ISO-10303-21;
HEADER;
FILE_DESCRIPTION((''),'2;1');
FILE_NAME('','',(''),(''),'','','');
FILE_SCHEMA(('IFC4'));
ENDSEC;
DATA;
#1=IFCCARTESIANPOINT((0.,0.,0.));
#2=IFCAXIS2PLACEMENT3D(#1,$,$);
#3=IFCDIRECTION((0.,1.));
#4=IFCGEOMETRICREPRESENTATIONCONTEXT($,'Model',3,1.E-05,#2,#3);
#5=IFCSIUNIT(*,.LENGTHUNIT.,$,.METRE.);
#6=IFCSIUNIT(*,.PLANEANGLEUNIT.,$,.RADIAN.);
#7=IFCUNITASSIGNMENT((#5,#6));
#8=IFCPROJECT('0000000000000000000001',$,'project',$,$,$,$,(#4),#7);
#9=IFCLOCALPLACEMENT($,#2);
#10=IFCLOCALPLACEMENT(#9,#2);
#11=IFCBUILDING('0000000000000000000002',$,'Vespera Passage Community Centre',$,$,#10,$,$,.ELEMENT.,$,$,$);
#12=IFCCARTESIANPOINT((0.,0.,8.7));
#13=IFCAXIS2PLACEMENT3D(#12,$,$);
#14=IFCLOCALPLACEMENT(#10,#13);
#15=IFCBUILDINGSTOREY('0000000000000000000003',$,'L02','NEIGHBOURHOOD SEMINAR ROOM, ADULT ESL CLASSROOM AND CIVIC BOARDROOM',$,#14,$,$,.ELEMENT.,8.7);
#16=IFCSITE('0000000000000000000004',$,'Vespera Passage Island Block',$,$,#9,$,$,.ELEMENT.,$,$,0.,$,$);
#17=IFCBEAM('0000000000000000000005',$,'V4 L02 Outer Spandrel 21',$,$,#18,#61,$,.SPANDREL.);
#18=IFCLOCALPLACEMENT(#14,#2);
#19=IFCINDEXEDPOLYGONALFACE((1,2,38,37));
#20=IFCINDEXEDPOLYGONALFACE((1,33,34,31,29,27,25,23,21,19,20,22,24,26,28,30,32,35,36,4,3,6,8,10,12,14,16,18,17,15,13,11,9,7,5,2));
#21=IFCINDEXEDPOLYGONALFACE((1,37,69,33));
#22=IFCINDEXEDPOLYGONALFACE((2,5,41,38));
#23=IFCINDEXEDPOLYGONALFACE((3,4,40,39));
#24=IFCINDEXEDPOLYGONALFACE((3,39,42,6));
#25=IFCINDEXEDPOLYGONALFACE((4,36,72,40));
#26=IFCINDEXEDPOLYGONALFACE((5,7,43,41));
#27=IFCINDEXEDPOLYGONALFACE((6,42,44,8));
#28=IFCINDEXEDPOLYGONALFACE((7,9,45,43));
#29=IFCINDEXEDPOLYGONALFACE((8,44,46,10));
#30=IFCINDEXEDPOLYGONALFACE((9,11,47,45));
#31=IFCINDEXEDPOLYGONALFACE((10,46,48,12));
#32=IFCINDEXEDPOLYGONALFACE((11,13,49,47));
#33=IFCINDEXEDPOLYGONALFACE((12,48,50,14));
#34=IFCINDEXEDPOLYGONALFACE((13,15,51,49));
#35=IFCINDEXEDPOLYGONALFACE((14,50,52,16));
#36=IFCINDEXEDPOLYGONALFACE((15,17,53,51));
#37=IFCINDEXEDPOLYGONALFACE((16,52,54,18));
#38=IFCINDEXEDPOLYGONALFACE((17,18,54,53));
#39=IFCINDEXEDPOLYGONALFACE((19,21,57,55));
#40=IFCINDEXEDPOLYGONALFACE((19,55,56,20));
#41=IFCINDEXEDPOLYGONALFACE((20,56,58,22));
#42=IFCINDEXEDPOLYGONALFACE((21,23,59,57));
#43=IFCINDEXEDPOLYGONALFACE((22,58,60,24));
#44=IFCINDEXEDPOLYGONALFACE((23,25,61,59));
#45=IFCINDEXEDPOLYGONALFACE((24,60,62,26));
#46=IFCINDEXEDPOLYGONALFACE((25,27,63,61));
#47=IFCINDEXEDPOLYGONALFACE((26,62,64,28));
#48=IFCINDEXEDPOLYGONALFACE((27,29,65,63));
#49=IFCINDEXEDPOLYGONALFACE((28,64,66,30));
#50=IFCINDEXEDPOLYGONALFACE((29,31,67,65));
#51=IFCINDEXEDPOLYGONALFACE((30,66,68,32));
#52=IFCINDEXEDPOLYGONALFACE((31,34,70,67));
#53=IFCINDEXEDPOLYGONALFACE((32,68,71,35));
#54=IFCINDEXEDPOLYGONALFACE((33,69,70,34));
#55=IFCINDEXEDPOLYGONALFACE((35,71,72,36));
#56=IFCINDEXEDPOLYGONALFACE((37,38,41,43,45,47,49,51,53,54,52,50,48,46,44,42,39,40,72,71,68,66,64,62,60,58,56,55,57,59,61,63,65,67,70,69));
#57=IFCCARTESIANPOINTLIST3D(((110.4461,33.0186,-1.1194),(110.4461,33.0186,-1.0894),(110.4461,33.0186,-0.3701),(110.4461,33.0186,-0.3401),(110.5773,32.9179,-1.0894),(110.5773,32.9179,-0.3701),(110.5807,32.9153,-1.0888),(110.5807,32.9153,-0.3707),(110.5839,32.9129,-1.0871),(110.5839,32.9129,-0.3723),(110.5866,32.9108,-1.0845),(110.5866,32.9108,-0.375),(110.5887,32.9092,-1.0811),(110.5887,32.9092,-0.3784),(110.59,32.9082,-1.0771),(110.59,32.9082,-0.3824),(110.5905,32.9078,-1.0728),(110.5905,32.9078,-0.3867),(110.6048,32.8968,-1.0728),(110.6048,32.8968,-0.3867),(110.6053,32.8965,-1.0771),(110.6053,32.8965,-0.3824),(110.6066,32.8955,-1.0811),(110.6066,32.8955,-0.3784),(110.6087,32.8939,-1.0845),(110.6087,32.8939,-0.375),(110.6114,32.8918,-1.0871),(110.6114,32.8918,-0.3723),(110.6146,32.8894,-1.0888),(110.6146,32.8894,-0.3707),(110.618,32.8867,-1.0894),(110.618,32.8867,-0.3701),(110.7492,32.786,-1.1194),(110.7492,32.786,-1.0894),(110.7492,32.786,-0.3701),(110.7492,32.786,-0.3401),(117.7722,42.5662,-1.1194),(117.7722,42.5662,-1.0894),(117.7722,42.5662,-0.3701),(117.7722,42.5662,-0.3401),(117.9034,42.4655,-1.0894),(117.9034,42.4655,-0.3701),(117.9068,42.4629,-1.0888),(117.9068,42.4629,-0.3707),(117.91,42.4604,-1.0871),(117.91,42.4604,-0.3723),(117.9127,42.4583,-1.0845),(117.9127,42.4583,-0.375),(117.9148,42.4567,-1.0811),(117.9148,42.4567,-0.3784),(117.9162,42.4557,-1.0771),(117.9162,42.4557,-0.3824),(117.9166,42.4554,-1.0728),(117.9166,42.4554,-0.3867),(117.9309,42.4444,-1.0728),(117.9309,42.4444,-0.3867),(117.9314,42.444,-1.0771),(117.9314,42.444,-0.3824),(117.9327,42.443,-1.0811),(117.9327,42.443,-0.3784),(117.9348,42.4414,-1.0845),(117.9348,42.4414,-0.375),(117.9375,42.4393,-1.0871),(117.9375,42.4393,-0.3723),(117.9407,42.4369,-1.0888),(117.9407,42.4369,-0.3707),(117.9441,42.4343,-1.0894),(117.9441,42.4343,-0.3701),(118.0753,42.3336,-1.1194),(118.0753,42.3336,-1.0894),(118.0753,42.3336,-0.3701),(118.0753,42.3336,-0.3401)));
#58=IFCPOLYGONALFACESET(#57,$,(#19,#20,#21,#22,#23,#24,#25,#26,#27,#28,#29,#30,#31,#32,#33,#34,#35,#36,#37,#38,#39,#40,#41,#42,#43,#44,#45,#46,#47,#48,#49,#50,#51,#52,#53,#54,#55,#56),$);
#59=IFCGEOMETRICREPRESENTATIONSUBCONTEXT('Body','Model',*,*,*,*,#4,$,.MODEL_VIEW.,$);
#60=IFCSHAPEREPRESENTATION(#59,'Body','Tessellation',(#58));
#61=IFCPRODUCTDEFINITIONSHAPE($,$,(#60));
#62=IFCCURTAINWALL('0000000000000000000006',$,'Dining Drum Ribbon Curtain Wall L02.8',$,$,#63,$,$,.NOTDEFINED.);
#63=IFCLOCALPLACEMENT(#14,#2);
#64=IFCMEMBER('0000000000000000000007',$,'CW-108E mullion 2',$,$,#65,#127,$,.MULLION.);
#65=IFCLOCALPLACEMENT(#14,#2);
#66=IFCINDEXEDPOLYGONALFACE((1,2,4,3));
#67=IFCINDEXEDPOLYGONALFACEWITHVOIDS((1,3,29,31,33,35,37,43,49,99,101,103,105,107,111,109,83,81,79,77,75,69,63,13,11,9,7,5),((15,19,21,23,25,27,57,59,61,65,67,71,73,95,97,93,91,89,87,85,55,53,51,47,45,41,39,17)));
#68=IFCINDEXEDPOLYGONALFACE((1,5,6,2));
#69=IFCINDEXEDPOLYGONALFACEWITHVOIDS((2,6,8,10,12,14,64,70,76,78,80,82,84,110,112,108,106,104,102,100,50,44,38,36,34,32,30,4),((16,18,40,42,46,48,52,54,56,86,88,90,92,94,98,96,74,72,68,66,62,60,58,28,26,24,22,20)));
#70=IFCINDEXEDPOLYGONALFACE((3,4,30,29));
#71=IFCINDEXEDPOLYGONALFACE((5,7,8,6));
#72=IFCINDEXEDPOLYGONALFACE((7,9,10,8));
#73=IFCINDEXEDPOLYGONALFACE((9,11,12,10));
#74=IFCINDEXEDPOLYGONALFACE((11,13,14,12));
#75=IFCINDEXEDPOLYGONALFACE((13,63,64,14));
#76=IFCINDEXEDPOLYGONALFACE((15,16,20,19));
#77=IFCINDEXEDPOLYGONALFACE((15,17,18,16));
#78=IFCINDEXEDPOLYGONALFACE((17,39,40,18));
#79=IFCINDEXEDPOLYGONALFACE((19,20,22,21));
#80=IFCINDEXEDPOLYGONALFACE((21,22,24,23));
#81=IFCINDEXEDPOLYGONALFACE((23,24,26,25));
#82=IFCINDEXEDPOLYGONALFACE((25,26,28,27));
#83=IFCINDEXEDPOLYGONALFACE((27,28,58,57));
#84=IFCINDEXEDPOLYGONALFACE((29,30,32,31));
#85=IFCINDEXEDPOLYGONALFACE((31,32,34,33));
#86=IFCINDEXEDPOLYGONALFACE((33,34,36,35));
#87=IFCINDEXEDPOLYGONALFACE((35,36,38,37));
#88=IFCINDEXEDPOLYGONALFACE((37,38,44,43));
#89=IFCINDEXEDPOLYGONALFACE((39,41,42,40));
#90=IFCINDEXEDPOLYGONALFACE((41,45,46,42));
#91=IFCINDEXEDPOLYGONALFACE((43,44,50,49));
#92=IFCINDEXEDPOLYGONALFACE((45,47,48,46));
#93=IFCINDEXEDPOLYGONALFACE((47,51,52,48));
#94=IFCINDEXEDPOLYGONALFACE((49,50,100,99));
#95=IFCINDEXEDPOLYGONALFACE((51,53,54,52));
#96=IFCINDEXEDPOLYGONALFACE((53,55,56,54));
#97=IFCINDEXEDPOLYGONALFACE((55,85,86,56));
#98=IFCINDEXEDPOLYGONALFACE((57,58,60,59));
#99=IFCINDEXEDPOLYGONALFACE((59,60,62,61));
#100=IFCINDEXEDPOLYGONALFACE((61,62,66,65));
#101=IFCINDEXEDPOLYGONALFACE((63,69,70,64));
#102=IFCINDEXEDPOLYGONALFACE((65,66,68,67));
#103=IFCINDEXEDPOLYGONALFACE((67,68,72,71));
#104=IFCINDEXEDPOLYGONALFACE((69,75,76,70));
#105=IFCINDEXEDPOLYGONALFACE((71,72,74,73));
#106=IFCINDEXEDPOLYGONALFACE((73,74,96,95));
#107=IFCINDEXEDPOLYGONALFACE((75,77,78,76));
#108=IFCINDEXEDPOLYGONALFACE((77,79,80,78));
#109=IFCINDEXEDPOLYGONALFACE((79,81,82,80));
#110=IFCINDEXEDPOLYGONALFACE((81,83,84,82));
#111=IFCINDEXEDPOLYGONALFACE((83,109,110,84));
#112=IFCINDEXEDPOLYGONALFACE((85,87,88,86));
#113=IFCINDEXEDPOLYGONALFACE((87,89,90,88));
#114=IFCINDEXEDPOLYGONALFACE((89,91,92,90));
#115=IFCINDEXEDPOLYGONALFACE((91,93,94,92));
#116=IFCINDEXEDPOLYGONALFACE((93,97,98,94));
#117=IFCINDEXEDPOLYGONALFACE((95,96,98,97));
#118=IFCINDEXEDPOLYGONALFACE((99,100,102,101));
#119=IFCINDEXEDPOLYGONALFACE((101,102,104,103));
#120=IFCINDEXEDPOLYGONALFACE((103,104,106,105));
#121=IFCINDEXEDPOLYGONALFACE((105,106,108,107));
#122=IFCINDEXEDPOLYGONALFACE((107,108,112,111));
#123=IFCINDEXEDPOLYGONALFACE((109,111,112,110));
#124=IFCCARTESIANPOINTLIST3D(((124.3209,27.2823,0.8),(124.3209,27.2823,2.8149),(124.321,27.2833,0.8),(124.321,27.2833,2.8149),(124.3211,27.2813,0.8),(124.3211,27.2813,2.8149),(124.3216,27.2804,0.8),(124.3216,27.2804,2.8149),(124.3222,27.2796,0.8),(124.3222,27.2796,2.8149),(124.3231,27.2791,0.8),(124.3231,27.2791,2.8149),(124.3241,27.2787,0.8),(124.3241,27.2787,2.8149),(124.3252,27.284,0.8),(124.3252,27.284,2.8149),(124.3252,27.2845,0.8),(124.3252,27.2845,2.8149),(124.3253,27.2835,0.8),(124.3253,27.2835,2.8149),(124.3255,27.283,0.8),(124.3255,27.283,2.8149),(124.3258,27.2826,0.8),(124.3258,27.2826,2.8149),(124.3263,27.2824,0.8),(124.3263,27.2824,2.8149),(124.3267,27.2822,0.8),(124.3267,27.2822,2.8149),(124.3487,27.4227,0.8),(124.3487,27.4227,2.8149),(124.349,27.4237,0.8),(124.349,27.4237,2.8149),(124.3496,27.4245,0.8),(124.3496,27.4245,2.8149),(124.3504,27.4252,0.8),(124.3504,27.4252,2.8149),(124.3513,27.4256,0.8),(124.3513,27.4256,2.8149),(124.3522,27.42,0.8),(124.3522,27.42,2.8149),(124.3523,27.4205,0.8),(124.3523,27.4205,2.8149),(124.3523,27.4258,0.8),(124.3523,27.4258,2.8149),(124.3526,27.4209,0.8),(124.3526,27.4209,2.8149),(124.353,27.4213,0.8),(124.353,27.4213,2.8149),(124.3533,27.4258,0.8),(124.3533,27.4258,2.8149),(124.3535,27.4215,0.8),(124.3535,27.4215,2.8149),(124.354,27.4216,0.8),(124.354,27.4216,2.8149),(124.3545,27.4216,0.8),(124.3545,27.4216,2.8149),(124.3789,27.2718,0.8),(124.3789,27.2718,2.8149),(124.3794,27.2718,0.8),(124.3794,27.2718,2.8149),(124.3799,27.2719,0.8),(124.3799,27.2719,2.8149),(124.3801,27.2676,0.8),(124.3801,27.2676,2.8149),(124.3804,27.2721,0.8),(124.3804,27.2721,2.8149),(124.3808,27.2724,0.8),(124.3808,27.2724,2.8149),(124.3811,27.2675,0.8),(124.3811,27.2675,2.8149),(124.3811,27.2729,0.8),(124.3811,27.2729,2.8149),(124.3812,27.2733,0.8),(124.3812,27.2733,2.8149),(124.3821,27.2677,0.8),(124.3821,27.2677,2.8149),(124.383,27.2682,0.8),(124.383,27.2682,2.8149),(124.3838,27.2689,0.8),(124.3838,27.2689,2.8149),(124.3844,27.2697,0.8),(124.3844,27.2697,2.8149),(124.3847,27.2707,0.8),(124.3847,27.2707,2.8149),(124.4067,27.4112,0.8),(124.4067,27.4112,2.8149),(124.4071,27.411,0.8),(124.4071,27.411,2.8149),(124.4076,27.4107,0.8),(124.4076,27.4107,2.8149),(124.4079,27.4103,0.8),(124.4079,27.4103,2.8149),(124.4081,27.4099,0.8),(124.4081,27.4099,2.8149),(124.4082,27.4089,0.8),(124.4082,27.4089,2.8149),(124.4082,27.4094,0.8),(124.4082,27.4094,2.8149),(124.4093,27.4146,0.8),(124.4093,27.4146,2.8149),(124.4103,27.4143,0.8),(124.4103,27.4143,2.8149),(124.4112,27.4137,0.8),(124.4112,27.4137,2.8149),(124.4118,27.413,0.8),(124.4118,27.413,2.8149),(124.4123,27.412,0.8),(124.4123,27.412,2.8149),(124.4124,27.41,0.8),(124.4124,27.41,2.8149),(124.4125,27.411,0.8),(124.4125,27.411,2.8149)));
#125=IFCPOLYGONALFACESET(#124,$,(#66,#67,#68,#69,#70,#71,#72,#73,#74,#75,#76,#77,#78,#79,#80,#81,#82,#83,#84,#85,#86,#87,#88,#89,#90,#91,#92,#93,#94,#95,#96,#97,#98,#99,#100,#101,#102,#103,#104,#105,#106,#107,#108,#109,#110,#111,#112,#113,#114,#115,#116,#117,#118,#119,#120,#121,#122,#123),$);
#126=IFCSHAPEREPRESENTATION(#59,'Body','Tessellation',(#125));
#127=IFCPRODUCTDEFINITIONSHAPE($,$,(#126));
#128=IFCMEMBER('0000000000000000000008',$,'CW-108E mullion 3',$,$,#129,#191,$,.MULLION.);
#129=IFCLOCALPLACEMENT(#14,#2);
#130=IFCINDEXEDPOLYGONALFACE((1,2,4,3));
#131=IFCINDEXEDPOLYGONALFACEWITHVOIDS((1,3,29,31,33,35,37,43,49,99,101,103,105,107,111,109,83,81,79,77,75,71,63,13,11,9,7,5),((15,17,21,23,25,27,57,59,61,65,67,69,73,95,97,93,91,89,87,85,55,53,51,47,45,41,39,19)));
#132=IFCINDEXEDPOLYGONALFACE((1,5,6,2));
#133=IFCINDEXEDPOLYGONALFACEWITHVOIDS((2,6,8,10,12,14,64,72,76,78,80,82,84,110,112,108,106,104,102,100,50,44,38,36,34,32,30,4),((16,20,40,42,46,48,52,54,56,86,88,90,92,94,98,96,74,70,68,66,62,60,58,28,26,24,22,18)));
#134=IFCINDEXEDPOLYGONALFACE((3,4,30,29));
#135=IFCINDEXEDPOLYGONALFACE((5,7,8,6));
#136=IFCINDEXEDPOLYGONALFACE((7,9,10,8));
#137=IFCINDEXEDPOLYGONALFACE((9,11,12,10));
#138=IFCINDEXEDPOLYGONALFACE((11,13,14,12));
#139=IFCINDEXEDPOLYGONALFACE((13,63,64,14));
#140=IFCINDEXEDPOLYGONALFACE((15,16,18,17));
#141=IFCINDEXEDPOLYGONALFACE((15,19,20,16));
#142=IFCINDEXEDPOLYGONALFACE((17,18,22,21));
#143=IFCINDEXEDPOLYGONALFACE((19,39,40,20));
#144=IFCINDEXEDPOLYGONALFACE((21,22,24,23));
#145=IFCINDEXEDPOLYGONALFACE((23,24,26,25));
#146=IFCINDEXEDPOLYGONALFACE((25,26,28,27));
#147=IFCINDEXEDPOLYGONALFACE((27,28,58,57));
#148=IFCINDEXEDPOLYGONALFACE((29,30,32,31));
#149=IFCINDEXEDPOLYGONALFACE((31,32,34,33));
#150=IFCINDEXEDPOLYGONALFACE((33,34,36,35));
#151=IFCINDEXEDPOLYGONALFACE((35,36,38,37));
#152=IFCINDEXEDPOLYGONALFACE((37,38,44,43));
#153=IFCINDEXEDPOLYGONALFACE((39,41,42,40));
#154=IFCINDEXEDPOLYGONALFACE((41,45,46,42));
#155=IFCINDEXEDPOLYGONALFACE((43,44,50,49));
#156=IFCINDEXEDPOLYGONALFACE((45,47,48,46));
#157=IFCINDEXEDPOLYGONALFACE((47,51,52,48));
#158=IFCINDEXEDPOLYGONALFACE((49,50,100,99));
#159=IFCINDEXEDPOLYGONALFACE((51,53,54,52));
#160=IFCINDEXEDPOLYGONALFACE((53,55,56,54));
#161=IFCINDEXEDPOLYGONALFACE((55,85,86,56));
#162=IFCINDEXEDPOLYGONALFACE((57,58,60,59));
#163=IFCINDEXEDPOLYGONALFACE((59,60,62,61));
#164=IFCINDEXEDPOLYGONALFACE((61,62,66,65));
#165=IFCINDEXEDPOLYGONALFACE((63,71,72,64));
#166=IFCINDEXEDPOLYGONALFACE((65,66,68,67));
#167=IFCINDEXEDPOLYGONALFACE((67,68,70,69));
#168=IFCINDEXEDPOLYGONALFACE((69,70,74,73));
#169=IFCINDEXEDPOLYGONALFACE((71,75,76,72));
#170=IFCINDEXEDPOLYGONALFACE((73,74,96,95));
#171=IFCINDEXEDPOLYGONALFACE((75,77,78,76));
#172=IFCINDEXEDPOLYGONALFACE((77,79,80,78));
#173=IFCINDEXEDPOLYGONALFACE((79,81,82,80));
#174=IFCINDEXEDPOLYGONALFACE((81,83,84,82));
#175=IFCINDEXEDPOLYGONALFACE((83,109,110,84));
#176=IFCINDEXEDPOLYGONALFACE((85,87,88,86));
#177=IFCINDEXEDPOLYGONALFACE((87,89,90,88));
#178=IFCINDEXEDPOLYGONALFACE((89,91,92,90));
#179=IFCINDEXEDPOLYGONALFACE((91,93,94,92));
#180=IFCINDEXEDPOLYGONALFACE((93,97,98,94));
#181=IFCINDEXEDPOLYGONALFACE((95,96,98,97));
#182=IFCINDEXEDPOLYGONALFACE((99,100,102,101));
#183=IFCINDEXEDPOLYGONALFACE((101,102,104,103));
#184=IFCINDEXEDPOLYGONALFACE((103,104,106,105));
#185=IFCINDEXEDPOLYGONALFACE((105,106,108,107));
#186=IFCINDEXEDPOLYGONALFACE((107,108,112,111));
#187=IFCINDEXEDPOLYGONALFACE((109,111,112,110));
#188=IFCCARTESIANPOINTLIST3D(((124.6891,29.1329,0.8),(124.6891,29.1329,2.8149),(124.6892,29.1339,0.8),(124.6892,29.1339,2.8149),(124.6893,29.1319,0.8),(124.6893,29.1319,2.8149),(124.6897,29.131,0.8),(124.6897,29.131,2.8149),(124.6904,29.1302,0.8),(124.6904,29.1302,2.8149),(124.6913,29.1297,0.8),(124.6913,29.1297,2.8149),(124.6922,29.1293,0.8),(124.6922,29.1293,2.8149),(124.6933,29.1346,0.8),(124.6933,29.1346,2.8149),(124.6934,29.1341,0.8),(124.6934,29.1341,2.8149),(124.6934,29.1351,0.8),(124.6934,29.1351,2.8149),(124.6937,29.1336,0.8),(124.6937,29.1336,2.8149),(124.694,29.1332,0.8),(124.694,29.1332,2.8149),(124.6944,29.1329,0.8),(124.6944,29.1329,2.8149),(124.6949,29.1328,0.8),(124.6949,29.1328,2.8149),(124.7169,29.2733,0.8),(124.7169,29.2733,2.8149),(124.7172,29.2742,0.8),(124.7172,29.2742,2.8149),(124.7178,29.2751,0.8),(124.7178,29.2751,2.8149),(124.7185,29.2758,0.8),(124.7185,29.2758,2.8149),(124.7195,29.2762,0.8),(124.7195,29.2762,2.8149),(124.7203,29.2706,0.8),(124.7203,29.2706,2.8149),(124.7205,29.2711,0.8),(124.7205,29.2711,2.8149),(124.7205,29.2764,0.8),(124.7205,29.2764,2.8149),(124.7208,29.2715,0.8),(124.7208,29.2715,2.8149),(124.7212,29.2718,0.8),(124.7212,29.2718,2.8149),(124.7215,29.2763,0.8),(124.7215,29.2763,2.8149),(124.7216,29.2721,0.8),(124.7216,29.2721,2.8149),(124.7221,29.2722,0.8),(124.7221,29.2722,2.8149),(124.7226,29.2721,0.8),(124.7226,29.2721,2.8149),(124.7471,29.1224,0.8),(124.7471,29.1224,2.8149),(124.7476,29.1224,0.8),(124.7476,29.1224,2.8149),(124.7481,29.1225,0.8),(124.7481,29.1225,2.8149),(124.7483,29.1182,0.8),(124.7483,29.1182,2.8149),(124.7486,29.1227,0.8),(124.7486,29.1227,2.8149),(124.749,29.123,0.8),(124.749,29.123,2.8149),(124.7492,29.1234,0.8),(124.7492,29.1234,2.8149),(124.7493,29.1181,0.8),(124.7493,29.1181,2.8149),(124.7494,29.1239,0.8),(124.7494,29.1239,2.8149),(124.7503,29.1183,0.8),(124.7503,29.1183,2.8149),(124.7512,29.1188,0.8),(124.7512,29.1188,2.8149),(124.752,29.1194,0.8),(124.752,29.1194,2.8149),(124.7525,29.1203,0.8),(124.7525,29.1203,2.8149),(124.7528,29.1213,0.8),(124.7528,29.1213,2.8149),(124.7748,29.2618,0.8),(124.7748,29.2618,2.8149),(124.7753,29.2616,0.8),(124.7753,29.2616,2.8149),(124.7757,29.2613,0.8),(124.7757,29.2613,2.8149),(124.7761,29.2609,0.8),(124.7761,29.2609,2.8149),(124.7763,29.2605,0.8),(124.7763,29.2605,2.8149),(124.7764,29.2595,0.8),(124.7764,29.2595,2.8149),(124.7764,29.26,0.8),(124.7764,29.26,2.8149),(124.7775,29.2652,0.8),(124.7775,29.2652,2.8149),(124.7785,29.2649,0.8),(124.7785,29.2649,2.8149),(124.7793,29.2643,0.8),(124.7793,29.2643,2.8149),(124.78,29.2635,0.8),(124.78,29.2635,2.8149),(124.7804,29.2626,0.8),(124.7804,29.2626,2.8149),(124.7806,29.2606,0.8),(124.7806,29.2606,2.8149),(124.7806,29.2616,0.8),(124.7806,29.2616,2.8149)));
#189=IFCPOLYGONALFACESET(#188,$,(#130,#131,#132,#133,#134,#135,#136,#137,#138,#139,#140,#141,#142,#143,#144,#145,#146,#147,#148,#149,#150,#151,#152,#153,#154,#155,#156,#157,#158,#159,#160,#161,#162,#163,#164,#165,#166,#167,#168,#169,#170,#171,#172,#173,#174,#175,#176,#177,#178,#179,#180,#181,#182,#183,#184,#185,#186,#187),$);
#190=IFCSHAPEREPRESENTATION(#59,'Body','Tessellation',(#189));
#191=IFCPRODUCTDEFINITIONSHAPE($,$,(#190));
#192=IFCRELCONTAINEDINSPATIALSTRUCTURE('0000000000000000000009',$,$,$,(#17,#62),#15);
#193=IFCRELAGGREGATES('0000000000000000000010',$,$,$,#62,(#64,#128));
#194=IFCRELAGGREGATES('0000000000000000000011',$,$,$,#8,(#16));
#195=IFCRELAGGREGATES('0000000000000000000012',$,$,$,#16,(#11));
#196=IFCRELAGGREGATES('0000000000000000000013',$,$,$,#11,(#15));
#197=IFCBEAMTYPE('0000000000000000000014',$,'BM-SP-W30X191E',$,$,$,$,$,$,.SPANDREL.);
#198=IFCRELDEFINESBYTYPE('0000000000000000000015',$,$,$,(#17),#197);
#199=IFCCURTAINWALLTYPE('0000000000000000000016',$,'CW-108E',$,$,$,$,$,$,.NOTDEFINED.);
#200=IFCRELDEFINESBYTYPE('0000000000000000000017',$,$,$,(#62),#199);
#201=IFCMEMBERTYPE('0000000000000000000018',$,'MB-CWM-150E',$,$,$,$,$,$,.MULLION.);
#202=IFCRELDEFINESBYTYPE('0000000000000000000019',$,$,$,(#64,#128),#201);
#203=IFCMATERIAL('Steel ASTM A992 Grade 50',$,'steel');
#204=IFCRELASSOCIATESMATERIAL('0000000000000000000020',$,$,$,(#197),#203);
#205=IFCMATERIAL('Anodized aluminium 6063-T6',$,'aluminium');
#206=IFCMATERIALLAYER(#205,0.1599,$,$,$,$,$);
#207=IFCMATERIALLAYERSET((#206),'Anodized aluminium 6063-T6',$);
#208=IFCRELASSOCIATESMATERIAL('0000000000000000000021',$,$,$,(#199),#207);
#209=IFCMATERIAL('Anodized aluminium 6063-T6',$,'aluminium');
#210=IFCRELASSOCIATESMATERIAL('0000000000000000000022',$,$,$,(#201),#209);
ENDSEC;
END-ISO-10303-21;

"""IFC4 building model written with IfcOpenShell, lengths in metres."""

from ifc_helpers import new_model, si_unit, direction, frame, origin, origin_2d, place, context, subcontext, project, spatial, hollow_rectangle, i_section, extrude, material, layer, layer_set, material_profile, profile_set, type_object, element, aggregate, save


model = new_model("IFC4")

# Units and contexts
model_context = context("Model", 3, precision=1e-05, world=origin(), true_north=direction((0.0, 1.0)))
body_context = subcontext(model_context, "Body", "Model", "MODEL_VIEW")
ifc_project = project(units=[si_unit("LENGTHUNIT", "METRE"), si_unit("PLANEANGLEUNIT", "RADIAN")], contexts=[model_context])

# Site, building, storey
site_placement = place(None, origin())
site = spatial("IfcSite", under=ifc_project, at=site_placement, Name="Vespera Passage Island Block", CompositionType="ELEMENT", RefElevation=0.0)
building_placement = place(site_placement, origin())
building = spatial("IfcBuilding", under=site, at=building_placement, Name="Vespera Passage Community Centre", CompositionType="ELEMENT")
storey_placement = place(building_placement, frame((0.0, 0.0, 8.7)))
storey = spatial("IfcBuildingStorey", under=building, at=storey_placement, Name="L02", Description="NEIGHBOURHOOD SEMINAR ROOM, ADULT ESL CLASSROOM AND CIVIC BOARDROOM", CompositionType="ELEMENT", Elevation=8.7)

# Beam
ifc_material_1 = material(Name="Steel ASTM A992 Grade 50", Category="steel")
ifc_material_profile_1 = material_profile(ifc_material_1, i_section(OverallWidth=0.3821, OverallDepth=0.7793, WebThickness=0.0181, FlangeThickness=0.03, FilletRadius=0.0166, at=origin_2d()), Name="W30X191")
ifc_profile_set_1 = profile_set([ifc_material_profile_1], Name="Steel ASTM A992 Grade 50")
beam_type_1 = type_object("IfcBeamType", Name="BM-SP-W30X191E", PredefinedType="SPANDREL", material=ifc_profile_set_1)
beam_1_placement = place(storey_placement, frame((110.5977, 32.9023, -0.7297), z_axis=(0.608763, 0.793352, 0.0), x_axis=(-0.793352, 0.608763, 0.0)))
element("IfcBeam", 1, at=beam_1_placement, inside=storey, type_object=beam_type_1, Name="V4 L02 Outer Spandrel 21", PredefinedType="SPANDREL", context=body_context, shape_type="SweptSolid", body=[
    extrude(i_section(OverallWidth=0.3821, OverallDepth=0.7793, WebThickness=0.0181, FlangeThickness=0.03, FilletRadius=0.0166, at=origin_2d()), origin(), (0.0, 0.0, 1.0), 12.0344),
])

# Curtain wall, members
ifc_material_2 = material(Name="Anodized aluminium 6063-T6", Category="aluminium")
ifc_layer_1 = layer(ifc_material_2, 0.1599)
ifc_layer_set_1 = layer_set([ifc_layer_1], Name="Anodized aluminium 6063-T6")
curtain_wall_type = type_object("IfcCurtainWallType", Name="CW-108E", PredefinedType="NOTDEFINED", material=ifc_layer_set_1)
curtain_wall_placement = place(storey_placement, origin())
curtain_wall = element("IfcCurtainWall", 2, at=curtain_wall_placement, inside=storey, type_object=curtain_wall_type, Name="Dining Drum Ribbon Curtain Wall L02.8", PredefinedType="NOTDEFINED")
ifc_material_3 = material(Name="Anodized aluminium 6063-T6", Category="aluminium")
ifc_material_profile_2 = material_profile(ifc_material_3, hollow_rectangle(XDim=0.0649, YDim=0.1499, WallThickness=0.0039, InnerFilletRadius=0.002, OuterFilletRadius=0.0039, at=origin_2d()), Name="ALU150X65X4")
ifc_profile_set_2 = profile_set([ifc_material_profile_2], Name="Anodized aluminium 6063-T6")
member_type_1 = type_object("IfcMemberType", Name="MB-CWM-150E", PredefinedType="MULLION", material=ifc_profile_set_2)
member_1_placement = place(storey_placement, frame((124.3667, 27.3467, 0.8), z_axis=(0.0, 0.0, 1.0), x_axis=(-0.980784, 0.195097, 0.0)))
member_1 = element("IfcMember", 3, at=member_1_placement, type_object=member_type_1, Name="CW-108E mullion 2", PredefinedType="MULLION", context=body_context, shape_type="SweptSolid", body=[
    extrude(hollow_rectangle(XDim=0.0649, YDim=0.1499, WallThickness=0.0039, InnerFilletRadius=0.002, OuterFilletRadius=0.0039, at=origin_2d()), origin(), (0.0, 0.0, 1.0), 2.0149),
])
member_2_placement = place(storey_placement, frame((124.7349, 29.1973, 0.8), z_axis=(0.0, 0.0, 1.0), x_axis=(-0.980784, 0.195097, 0.0)))
member_2 = element("IfcMember", 4, at=member_2_placement, type_object=member_type_1, Name="CW-108E mullion 3", PredefinedType="MULLION", context=body_context, shape_type="SweptSolid", body=[
    extrude(hollow_rectangle(XDim=0.0649, YDim=0.1499, WallThickness=0.0039, InnerFilletRadius=0.002, OuterFilletRadius=0.0039, at=origin_2d()), origin(), (0.0, 0.0, 1.0), 2.0149),
])

aggregate(curtain_wall, [member_1, member_2])

save(model, "model.ifc")
